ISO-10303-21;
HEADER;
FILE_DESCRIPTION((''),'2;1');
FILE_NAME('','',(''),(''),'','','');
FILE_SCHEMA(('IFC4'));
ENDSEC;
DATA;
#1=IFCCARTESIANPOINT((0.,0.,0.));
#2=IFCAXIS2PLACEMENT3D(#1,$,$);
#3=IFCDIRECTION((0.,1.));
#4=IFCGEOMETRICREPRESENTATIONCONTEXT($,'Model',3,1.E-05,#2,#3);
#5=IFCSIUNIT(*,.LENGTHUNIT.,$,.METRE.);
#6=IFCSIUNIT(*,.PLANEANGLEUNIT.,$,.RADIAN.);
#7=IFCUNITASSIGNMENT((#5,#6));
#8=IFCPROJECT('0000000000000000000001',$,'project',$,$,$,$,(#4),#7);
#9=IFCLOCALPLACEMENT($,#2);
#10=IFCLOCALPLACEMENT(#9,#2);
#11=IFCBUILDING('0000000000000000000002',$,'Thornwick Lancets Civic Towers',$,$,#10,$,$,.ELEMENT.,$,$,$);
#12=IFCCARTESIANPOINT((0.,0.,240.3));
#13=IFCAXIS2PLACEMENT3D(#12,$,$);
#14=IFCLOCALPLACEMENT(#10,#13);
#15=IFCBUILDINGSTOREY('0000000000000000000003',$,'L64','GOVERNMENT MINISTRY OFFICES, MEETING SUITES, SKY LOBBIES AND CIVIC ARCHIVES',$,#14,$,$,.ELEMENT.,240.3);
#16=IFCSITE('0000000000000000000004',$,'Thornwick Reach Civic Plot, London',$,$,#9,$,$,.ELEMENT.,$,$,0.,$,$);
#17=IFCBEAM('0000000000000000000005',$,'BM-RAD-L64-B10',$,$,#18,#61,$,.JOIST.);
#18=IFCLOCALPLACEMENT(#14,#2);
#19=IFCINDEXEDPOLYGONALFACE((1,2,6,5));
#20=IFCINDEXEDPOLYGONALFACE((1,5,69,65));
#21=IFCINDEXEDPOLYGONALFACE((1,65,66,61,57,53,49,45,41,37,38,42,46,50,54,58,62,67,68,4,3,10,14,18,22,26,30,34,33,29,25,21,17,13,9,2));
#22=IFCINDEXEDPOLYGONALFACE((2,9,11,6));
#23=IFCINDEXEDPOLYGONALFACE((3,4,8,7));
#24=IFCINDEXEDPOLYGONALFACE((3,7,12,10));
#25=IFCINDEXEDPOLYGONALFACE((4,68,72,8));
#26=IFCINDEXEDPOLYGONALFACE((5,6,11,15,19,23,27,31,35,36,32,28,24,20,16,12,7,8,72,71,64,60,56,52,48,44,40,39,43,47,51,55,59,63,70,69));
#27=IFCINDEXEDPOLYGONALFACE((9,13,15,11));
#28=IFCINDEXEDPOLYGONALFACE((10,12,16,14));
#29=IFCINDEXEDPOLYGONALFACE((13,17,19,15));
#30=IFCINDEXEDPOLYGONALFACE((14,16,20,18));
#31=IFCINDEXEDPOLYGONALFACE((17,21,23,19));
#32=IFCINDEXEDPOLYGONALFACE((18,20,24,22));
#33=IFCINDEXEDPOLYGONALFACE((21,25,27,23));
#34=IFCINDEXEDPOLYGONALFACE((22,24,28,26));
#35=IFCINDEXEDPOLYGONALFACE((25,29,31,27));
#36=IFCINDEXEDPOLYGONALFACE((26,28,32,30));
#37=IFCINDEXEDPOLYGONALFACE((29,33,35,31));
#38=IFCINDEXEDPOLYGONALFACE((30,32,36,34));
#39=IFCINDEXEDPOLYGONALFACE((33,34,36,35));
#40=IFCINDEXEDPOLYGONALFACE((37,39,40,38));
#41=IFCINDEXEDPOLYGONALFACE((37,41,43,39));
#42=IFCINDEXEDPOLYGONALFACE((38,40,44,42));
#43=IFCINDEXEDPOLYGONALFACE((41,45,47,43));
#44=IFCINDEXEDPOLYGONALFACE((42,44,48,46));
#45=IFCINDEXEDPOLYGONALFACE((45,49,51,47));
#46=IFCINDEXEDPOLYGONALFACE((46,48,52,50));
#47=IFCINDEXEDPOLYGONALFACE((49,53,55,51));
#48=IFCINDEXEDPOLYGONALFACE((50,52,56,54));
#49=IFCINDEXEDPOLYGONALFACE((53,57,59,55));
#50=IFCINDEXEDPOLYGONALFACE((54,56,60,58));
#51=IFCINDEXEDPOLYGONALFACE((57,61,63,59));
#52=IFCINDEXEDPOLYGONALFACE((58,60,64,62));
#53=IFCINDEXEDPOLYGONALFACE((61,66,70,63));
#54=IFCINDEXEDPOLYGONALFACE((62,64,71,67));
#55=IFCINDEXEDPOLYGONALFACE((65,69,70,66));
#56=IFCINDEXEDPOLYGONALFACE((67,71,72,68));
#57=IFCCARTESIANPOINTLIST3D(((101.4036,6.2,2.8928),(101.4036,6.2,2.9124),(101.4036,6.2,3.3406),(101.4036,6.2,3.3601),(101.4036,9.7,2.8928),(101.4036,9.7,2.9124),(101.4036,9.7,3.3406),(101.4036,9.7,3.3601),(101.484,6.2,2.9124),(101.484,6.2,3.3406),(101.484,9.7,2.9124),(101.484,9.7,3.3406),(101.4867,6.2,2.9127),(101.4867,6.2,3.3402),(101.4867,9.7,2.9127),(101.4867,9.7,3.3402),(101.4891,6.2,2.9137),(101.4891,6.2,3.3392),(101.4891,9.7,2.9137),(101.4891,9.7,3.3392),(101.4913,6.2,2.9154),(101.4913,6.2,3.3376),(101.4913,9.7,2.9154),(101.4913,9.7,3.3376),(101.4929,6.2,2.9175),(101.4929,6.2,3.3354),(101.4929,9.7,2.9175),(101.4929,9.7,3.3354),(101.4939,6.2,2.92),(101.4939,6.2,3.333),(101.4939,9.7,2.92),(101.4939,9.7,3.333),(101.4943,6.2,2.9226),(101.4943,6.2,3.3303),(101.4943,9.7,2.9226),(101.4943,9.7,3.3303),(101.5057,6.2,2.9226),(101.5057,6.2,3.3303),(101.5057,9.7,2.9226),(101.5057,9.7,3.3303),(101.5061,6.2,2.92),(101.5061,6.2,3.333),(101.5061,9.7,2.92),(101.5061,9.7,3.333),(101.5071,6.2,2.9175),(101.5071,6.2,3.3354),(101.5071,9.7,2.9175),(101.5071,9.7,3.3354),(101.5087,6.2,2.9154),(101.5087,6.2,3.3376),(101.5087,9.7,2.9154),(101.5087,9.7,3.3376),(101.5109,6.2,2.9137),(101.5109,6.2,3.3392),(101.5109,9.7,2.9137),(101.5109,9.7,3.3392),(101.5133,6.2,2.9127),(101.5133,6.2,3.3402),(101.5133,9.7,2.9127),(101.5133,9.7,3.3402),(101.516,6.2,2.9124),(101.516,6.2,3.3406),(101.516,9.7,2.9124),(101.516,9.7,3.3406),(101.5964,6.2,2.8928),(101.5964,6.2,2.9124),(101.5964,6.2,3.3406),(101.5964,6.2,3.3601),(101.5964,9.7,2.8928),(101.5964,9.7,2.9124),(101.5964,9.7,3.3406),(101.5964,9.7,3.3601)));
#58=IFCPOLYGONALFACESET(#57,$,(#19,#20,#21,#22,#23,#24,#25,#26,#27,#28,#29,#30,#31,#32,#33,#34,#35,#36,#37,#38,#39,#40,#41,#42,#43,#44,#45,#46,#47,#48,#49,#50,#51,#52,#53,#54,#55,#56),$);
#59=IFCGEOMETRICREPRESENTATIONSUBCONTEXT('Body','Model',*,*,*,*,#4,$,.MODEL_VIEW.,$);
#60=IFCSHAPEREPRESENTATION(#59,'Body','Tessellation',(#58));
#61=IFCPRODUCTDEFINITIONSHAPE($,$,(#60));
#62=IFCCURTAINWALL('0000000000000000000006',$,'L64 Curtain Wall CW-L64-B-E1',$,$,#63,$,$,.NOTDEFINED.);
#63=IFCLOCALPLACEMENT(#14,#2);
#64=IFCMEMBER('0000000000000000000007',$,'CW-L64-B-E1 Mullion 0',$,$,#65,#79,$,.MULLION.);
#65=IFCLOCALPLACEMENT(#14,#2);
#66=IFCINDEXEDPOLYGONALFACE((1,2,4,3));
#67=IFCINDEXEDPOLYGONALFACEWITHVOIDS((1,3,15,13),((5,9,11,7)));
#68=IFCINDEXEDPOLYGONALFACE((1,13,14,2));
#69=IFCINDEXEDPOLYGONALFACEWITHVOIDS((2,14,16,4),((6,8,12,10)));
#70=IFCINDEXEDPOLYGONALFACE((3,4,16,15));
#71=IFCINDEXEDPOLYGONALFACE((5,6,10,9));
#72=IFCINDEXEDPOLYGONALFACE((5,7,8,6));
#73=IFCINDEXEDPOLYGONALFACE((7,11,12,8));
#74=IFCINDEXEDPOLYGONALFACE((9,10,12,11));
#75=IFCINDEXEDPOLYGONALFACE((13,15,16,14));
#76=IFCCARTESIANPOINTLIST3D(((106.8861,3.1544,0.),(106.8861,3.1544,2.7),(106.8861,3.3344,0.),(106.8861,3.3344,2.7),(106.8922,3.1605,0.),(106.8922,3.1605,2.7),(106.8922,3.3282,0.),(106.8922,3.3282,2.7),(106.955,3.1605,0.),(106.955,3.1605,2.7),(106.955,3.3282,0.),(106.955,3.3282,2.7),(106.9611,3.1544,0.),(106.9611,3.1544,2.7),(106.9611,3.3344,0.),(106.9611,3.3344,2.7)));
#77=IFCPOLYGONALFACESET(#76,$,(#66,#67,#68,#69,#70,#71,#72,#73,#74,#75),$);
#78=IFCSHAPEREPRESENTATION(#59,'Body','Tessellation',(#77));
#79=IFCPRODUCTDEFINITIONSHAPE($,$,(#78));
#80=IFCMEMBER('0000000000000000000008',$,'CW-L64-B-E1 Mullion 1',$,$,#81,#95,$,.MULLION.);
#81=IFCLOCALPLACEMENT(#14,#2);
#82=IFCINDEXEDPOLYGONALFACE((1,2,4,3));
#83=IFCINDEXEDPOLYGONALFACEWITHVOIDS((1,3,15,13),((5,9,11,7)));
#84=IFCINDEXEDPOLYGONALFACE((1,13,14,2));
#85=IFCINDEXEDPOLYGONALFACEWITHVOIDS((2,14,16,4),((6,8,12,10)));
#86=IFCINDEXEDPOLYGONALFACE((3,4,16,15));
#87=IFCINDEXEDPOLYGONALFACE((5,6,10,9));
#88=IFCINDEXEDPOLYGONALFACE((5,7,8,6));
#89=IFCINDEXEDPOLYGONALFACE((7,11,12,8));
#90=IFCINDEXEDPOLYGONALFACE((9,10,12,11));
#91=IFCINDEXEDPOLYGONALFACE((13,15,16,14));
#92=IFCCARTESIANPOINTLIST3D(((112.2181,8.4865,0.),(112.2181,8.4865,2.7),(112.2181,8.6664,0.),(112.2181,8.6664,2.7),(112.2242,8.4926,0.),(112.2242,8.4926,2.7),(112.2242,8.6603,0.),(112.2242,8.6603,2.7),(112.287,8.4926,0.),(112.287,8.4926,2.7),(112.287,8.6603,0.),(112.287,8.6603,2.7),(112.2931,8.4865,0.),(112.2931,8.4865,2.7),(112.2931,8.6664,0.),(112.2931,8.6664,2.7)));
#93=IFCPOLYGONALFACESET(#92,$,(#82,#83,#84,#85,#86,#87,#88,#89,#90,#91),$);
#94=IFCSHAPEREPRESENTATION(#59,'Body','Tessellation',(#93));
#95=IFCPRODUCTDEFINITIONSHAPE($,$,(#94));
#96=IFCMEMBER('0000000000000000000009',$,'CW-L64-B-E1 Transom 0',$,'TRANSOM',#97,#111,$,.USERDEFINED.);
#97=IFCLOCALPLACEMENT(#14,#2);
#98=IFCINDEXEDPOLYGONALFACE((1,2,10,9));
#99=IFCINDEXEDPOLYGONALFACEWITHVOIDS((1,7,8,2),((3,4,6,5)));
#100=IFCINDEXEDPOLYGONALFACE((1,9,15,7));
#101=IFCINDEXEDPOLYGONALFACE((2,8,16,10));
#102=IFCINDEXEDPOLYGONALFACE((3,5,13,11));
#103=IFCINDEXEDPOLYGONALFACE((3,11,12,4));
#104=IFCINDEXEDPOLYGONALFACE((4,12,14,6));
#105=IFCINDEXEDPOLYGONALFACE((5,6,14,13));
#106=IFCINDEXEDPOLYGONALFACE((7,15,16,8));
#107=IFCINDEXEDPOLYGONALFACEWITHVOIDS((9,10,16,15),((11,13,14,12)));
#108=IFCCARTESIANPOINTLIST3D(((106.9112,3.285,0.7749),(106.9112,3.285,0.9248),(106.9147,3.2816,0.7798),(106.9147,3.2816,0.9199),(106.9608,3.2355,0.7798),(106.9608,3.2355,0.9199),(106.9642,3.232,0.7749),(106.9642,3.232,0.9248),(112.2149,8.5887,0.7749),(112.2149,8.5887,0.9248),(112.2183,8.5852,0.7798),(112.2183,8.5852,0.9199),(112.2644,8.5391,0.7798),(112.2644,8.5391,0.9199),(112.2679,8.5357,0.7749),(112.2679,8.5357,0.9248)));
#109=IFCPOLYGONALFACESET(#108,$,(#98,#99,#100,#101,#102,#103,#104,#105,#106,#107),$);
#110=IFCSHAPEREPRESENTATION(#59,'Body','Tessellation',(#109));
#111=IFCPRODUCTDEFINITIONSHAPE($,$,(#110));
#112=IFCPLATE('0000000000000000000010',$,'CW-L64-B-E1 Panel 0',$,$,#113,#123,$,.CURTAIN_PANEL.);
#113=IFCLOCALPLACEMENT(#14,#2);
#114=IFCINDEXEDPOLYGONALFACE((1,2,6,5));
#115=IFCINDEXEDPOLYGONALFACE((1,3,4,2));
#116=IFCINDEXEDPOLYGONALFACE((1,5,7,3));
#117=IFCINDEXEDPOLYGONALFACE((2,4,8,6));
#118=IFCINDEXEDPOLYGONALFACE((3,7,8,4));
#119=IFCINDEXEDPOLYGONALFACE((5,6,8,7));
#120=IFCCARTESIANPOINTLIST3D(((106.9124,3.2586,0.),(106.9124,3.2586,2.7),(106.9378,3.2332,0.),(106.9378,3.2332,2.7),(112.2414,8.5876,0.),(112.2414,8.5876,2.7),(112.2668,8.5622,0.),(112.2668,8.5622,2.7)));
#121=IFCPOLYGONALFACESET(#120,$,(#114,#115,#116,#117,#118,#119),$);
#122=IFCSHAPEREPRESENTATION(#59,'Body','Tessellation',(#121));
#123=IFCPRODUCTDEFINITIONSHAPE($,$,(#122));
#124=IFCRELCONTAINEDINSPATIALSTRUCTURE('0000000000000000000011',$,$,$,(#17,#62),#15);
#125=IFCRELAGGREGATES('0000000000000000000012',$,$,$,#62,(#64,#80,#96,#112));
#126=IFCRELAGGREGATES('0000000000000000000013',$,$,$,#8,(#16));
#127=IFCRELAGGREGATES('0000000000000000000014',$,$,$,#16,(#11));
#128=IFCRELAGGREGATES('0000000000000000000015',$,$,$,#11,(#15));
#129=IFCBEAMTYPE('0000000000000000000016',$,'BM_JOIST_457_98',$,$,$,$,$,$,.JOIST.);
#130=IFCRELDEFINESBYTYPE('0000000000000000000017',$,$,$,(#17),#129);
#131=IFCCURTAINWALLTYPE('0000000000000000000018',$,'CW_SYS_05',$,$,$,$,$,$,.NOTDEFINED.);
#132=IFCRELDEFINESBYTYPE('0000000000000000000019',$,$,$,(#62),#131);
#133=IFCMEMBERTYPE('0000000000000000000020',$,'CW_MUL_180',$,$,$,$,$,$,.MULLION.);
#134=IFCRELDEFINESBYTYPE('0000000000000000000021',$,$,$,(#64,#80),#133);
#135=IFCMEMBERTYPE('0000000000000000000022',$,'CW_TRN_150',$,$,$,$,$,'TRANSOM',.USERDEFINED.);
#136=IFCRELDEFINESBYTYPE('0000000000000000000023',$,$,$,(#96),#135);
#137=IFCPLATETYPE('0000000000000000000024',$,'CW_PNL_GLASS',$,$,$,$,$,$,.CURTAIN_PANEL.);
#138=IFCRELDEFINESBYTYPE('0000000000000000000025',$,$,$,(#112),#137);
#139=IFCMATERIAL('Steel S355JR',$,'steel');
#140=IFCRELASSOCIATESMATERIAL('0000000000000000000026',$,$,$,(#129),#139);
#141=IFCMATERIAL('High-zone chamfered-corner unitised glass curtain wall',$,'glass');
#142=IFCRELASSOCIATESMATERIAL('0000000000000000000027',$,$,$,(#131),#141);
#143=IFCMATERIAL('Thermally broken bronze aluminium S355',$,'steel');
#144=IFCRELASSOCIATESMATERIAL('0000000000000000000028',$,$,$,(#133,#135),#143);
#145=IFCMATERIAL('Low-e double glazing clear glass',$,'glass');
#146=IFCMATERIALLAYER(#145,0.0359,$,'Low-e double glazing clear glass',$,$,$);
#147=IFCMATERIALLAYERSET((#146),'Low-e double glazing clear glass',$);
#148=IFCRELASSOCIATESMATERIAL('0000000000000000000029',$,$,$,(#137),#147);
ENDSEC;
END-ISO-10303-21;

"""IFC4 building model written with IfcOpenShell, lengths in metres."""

from ifc_helpers import new_model, si_unit, direction, frame, origin, origin_2d, place, context, subcontext, project, spatial, rectangle, hollow_rectangle, i_section, extrude, material, layer, layer_set, material_profile, profile_set, type_object, element, aggregate, save


model = new_model("IFC4")

# Units and contexts
model_context = context("Model", 3, precision=1e-05, world=origin(), true_north=direction((0.0, 1.0)))
body_context = subcontext(model_context, "Body", "Model", "MODEL_VIEW")
ifc_project = project(units=[si_unit("LENGTHUNIT", "METRE"), si_unit("PLANEANGLEUNIT", "RADIAN")], contexts=[model_context])

# Site, building, storey
site_placement = place(None, origin())
site = spatial("IfcSite", under=ifc_project, at=site_placement, Name="Thornwick Reach Civic Plot, London", CompositionType="ELEMENT", RefElevation=0.0)
building_placement = place(site_placement, origin())
building = spatial("IfcBuilding", under=site, at=building_placement, Name="Thornwick Lancets Civic Towers", CompositionType="ELEMENT")
storey_placement = place(building_placement, frame((0.0, 0.0, 240.3)))
storey = spatial("IfcBuildingStorey", under=building, at=storey_placement, Name="L64", Description="GOVERNMENT MINISTRY OFFICES, MEETING SUITES, SKY LOBBIES AND CIVIC ARCHIVES", CompositionType="ELEMENT", Elevation=240.3)

# Shared definitions
ifc_material_1 = material(Name="Steel S355JR", Category="steel")

# Beam
ifc_material_profile_1 = material_profile(ifc_material_1, i_section(OverallWidth=0.1929, OverallDepth=0.4673, WebThickness=0.0115, FlangeThickness=0.0195, FilletRadius=0.0103, at=origin_2d()), Name="UKB 457x191x98")
ifc_profile_set_1 = profile_set([ifc_material_profile_1], Name="Steel S355JR")
beam_type_1 = type_object("IfcBeamType", Name="BM_JOIST_457_98", PredefinedType="JOIST", material=ifc_profile_set_1)
beam_1_placement = place(storey_placement, frame((101.5, 9.7, 3.1265), z_axis=(0.0, -1.0, 0.0), x_axis=(1.0, 0.0, 0.0)))
element("IfcBeam", 1, at=beam_1_placement, inside=storey, type_object=beam_type_1, Name="BM-RAD-L64-B10", PredefinedType="JOIST", context=body_context, shape_type="SweptSolid", body=[
    extrude(i_section(OverallWidth=0.1929, OverallDepth=0.4673, WebThickness=0.0115, FlangeThickness=0.0195, FilletRadius=0.0103, at=origin_2d()), origin(), (0.0, 0.0, 1.0), 3.5),
])

# Curtain wall, members, plate
ifc_material_2 = material(Name="High-zone chamfered-corner unitised glass curtain wall", Category="glass")
curtain_wall_type = type_object("IfcCurtainWallType", Name="CW_SYS_05", PredefinedType="NOTDEFINED", material=ifc_material_2)
curtain_wall_placement = place(storey_placement, origin())
curtain_wall = element("IfcCurtainWall", 2, at=curtain_wall_placement, inside=storey, type_object=curtain_wall_type, Name="L64 Curtain Wall CW-L64-B-E1", PredefinedType="NOTDEFINED")
ifc_material_3 = material(Name="Thermally broken bronze aluminium S355", Category="steel")
ifc_material_profile_2 = material_profile(ifc_material_3, hollow_rectangle(XDim=0.075, YDim=0.1799, WallThickness=0.0061, at=origin_2d()), Name="RHS 180x75x6")
ifc_profile_set_2 = profile_set([ifc_material_profile_2], Name="Thermally broken bronze aluminium S355")
member_type_1 = type_object("IfcMemberType", Name="CW_MUL_180", PredefinedType="MULLION", material=ifc_profile_set_2)
member_1_placement = place(storey_placement, frame((106.9236, 3.2444, 0.0), z_axis=(0.0, 0.0, 1.0), x_axis=(1.0, 0.0, 0.0)))
member_1 = element("IfcMember", 3, at=member_1_placement, type_object=member_type_1, Name="CW-L64-B-E1 Mullion 0", PredefinedType="MULLION", context=body_context, shape_type="SweptSolid", body=[
    extrude(hollow_rectangle(XDim=0.075, YDim=0.1799, WallThickness=0.0061, at=origin_2d()), origin(), (0.0, 0.0, 1.0), 2.7),
])
member_2_placement = place(storey_placement, frame((112.2556, 8.5764, 0.0), z_axis=(0.0, 0.0, 1.0), x_axis=(1.0, 0.0, 0.0)))
member_2 = element("IfcMember", 4, at=member_2_placement, type_object=member_type_1, Name="CW-L64-B-E1 Mullion 1", PredefinedType="MULLION", context=body_context, shape_type="SweptSolid", body=[
    extrude(hollow_rectangle(XDim=0.075, YDim=0.1799, WallThickness=0.0061, at=origin_2d()), origin(), (0.0, 0.0, 1.0), 2.7),
])
ifc_material_profile_3 = material_profile(ifc_material_3, hollow_rectangle(XDim=0.075, YDim=0.1499, WallThickness=0.0049, at=origin_2d()), Name="RHS 150x75x5")
ifc_profile_set_3 = profile_set([ifc_material_profile_3], Name="Thermally broken bronze aluminium S355")
member_type_2 = type_object("IfcMemberType", Name="CW_TRN_150", ElementType="TRANSOM", PredefinedType="USERDEFINED", material=ifc_profile_set_3)
member_3_placement = place(storey_placement, frame((106.9377, 3.2585, 0.8499), z_axis=(0.707107, 0.707107, 0.0), x_axis=(-0.707107, 0.707107, 0.0)))
member_3 = element("IfcMember", 5, at=member_3_placement, type_object=member_type_2, Name="CW-L64-B-E1 Transom 0", ObjectType="TRANSOM", PredefinedType="USERDEFINED", context=body_context, shape_type="SweptSolid", body=[
    extrude(hollow_rectangle(XDim=0.075, YDim=0.1499, WallThickness=0.0049, at=origin_2d()), origin(), (0.0, 0.0, 1.0), 7.5005),
])
ifc_material_4 = material(Name="Low-e double glazing clear glass", Category="glass")
ifc_layer_1 = layer(ifc_material_4, 0.0359, Name="Low-e double glazing clear glass")
ifc_layer_set_1 = layer_set([ifc_layer_1], Name="Low-e double glazing clear glass")
plate_type = type_object("IfcPlateType", Name="CW_PNL_GLASS", PredefinedType="CURTAIN_PANEL", material=ifc_layer_set_1)
plate_placement = place(storey_placement, frame((109.5896, 5.9104, 0.0), z_axis=(0.0, 0.0, 1.0), x_axis=(0.707107, 0.707107, 0.0)))
plate = element("IfcPlate", 6, at=plate_placement, type_object=plate_type, Name="CW-L64-B-E1 Panel 0", PredefinedType="CURTAIN_PANEL", context=body_context, shape_type="SweptSolid", body=[
    extrude(rectangle(XDim=7.5364, YDim=0.0359, at=origin_2d()), origin(), (0.0, 0.0, 1.0), 2.7),
])
aggregate(curtain_wall, [member_1, member_2, member_3, plate])

save(model, "model.ifc")
